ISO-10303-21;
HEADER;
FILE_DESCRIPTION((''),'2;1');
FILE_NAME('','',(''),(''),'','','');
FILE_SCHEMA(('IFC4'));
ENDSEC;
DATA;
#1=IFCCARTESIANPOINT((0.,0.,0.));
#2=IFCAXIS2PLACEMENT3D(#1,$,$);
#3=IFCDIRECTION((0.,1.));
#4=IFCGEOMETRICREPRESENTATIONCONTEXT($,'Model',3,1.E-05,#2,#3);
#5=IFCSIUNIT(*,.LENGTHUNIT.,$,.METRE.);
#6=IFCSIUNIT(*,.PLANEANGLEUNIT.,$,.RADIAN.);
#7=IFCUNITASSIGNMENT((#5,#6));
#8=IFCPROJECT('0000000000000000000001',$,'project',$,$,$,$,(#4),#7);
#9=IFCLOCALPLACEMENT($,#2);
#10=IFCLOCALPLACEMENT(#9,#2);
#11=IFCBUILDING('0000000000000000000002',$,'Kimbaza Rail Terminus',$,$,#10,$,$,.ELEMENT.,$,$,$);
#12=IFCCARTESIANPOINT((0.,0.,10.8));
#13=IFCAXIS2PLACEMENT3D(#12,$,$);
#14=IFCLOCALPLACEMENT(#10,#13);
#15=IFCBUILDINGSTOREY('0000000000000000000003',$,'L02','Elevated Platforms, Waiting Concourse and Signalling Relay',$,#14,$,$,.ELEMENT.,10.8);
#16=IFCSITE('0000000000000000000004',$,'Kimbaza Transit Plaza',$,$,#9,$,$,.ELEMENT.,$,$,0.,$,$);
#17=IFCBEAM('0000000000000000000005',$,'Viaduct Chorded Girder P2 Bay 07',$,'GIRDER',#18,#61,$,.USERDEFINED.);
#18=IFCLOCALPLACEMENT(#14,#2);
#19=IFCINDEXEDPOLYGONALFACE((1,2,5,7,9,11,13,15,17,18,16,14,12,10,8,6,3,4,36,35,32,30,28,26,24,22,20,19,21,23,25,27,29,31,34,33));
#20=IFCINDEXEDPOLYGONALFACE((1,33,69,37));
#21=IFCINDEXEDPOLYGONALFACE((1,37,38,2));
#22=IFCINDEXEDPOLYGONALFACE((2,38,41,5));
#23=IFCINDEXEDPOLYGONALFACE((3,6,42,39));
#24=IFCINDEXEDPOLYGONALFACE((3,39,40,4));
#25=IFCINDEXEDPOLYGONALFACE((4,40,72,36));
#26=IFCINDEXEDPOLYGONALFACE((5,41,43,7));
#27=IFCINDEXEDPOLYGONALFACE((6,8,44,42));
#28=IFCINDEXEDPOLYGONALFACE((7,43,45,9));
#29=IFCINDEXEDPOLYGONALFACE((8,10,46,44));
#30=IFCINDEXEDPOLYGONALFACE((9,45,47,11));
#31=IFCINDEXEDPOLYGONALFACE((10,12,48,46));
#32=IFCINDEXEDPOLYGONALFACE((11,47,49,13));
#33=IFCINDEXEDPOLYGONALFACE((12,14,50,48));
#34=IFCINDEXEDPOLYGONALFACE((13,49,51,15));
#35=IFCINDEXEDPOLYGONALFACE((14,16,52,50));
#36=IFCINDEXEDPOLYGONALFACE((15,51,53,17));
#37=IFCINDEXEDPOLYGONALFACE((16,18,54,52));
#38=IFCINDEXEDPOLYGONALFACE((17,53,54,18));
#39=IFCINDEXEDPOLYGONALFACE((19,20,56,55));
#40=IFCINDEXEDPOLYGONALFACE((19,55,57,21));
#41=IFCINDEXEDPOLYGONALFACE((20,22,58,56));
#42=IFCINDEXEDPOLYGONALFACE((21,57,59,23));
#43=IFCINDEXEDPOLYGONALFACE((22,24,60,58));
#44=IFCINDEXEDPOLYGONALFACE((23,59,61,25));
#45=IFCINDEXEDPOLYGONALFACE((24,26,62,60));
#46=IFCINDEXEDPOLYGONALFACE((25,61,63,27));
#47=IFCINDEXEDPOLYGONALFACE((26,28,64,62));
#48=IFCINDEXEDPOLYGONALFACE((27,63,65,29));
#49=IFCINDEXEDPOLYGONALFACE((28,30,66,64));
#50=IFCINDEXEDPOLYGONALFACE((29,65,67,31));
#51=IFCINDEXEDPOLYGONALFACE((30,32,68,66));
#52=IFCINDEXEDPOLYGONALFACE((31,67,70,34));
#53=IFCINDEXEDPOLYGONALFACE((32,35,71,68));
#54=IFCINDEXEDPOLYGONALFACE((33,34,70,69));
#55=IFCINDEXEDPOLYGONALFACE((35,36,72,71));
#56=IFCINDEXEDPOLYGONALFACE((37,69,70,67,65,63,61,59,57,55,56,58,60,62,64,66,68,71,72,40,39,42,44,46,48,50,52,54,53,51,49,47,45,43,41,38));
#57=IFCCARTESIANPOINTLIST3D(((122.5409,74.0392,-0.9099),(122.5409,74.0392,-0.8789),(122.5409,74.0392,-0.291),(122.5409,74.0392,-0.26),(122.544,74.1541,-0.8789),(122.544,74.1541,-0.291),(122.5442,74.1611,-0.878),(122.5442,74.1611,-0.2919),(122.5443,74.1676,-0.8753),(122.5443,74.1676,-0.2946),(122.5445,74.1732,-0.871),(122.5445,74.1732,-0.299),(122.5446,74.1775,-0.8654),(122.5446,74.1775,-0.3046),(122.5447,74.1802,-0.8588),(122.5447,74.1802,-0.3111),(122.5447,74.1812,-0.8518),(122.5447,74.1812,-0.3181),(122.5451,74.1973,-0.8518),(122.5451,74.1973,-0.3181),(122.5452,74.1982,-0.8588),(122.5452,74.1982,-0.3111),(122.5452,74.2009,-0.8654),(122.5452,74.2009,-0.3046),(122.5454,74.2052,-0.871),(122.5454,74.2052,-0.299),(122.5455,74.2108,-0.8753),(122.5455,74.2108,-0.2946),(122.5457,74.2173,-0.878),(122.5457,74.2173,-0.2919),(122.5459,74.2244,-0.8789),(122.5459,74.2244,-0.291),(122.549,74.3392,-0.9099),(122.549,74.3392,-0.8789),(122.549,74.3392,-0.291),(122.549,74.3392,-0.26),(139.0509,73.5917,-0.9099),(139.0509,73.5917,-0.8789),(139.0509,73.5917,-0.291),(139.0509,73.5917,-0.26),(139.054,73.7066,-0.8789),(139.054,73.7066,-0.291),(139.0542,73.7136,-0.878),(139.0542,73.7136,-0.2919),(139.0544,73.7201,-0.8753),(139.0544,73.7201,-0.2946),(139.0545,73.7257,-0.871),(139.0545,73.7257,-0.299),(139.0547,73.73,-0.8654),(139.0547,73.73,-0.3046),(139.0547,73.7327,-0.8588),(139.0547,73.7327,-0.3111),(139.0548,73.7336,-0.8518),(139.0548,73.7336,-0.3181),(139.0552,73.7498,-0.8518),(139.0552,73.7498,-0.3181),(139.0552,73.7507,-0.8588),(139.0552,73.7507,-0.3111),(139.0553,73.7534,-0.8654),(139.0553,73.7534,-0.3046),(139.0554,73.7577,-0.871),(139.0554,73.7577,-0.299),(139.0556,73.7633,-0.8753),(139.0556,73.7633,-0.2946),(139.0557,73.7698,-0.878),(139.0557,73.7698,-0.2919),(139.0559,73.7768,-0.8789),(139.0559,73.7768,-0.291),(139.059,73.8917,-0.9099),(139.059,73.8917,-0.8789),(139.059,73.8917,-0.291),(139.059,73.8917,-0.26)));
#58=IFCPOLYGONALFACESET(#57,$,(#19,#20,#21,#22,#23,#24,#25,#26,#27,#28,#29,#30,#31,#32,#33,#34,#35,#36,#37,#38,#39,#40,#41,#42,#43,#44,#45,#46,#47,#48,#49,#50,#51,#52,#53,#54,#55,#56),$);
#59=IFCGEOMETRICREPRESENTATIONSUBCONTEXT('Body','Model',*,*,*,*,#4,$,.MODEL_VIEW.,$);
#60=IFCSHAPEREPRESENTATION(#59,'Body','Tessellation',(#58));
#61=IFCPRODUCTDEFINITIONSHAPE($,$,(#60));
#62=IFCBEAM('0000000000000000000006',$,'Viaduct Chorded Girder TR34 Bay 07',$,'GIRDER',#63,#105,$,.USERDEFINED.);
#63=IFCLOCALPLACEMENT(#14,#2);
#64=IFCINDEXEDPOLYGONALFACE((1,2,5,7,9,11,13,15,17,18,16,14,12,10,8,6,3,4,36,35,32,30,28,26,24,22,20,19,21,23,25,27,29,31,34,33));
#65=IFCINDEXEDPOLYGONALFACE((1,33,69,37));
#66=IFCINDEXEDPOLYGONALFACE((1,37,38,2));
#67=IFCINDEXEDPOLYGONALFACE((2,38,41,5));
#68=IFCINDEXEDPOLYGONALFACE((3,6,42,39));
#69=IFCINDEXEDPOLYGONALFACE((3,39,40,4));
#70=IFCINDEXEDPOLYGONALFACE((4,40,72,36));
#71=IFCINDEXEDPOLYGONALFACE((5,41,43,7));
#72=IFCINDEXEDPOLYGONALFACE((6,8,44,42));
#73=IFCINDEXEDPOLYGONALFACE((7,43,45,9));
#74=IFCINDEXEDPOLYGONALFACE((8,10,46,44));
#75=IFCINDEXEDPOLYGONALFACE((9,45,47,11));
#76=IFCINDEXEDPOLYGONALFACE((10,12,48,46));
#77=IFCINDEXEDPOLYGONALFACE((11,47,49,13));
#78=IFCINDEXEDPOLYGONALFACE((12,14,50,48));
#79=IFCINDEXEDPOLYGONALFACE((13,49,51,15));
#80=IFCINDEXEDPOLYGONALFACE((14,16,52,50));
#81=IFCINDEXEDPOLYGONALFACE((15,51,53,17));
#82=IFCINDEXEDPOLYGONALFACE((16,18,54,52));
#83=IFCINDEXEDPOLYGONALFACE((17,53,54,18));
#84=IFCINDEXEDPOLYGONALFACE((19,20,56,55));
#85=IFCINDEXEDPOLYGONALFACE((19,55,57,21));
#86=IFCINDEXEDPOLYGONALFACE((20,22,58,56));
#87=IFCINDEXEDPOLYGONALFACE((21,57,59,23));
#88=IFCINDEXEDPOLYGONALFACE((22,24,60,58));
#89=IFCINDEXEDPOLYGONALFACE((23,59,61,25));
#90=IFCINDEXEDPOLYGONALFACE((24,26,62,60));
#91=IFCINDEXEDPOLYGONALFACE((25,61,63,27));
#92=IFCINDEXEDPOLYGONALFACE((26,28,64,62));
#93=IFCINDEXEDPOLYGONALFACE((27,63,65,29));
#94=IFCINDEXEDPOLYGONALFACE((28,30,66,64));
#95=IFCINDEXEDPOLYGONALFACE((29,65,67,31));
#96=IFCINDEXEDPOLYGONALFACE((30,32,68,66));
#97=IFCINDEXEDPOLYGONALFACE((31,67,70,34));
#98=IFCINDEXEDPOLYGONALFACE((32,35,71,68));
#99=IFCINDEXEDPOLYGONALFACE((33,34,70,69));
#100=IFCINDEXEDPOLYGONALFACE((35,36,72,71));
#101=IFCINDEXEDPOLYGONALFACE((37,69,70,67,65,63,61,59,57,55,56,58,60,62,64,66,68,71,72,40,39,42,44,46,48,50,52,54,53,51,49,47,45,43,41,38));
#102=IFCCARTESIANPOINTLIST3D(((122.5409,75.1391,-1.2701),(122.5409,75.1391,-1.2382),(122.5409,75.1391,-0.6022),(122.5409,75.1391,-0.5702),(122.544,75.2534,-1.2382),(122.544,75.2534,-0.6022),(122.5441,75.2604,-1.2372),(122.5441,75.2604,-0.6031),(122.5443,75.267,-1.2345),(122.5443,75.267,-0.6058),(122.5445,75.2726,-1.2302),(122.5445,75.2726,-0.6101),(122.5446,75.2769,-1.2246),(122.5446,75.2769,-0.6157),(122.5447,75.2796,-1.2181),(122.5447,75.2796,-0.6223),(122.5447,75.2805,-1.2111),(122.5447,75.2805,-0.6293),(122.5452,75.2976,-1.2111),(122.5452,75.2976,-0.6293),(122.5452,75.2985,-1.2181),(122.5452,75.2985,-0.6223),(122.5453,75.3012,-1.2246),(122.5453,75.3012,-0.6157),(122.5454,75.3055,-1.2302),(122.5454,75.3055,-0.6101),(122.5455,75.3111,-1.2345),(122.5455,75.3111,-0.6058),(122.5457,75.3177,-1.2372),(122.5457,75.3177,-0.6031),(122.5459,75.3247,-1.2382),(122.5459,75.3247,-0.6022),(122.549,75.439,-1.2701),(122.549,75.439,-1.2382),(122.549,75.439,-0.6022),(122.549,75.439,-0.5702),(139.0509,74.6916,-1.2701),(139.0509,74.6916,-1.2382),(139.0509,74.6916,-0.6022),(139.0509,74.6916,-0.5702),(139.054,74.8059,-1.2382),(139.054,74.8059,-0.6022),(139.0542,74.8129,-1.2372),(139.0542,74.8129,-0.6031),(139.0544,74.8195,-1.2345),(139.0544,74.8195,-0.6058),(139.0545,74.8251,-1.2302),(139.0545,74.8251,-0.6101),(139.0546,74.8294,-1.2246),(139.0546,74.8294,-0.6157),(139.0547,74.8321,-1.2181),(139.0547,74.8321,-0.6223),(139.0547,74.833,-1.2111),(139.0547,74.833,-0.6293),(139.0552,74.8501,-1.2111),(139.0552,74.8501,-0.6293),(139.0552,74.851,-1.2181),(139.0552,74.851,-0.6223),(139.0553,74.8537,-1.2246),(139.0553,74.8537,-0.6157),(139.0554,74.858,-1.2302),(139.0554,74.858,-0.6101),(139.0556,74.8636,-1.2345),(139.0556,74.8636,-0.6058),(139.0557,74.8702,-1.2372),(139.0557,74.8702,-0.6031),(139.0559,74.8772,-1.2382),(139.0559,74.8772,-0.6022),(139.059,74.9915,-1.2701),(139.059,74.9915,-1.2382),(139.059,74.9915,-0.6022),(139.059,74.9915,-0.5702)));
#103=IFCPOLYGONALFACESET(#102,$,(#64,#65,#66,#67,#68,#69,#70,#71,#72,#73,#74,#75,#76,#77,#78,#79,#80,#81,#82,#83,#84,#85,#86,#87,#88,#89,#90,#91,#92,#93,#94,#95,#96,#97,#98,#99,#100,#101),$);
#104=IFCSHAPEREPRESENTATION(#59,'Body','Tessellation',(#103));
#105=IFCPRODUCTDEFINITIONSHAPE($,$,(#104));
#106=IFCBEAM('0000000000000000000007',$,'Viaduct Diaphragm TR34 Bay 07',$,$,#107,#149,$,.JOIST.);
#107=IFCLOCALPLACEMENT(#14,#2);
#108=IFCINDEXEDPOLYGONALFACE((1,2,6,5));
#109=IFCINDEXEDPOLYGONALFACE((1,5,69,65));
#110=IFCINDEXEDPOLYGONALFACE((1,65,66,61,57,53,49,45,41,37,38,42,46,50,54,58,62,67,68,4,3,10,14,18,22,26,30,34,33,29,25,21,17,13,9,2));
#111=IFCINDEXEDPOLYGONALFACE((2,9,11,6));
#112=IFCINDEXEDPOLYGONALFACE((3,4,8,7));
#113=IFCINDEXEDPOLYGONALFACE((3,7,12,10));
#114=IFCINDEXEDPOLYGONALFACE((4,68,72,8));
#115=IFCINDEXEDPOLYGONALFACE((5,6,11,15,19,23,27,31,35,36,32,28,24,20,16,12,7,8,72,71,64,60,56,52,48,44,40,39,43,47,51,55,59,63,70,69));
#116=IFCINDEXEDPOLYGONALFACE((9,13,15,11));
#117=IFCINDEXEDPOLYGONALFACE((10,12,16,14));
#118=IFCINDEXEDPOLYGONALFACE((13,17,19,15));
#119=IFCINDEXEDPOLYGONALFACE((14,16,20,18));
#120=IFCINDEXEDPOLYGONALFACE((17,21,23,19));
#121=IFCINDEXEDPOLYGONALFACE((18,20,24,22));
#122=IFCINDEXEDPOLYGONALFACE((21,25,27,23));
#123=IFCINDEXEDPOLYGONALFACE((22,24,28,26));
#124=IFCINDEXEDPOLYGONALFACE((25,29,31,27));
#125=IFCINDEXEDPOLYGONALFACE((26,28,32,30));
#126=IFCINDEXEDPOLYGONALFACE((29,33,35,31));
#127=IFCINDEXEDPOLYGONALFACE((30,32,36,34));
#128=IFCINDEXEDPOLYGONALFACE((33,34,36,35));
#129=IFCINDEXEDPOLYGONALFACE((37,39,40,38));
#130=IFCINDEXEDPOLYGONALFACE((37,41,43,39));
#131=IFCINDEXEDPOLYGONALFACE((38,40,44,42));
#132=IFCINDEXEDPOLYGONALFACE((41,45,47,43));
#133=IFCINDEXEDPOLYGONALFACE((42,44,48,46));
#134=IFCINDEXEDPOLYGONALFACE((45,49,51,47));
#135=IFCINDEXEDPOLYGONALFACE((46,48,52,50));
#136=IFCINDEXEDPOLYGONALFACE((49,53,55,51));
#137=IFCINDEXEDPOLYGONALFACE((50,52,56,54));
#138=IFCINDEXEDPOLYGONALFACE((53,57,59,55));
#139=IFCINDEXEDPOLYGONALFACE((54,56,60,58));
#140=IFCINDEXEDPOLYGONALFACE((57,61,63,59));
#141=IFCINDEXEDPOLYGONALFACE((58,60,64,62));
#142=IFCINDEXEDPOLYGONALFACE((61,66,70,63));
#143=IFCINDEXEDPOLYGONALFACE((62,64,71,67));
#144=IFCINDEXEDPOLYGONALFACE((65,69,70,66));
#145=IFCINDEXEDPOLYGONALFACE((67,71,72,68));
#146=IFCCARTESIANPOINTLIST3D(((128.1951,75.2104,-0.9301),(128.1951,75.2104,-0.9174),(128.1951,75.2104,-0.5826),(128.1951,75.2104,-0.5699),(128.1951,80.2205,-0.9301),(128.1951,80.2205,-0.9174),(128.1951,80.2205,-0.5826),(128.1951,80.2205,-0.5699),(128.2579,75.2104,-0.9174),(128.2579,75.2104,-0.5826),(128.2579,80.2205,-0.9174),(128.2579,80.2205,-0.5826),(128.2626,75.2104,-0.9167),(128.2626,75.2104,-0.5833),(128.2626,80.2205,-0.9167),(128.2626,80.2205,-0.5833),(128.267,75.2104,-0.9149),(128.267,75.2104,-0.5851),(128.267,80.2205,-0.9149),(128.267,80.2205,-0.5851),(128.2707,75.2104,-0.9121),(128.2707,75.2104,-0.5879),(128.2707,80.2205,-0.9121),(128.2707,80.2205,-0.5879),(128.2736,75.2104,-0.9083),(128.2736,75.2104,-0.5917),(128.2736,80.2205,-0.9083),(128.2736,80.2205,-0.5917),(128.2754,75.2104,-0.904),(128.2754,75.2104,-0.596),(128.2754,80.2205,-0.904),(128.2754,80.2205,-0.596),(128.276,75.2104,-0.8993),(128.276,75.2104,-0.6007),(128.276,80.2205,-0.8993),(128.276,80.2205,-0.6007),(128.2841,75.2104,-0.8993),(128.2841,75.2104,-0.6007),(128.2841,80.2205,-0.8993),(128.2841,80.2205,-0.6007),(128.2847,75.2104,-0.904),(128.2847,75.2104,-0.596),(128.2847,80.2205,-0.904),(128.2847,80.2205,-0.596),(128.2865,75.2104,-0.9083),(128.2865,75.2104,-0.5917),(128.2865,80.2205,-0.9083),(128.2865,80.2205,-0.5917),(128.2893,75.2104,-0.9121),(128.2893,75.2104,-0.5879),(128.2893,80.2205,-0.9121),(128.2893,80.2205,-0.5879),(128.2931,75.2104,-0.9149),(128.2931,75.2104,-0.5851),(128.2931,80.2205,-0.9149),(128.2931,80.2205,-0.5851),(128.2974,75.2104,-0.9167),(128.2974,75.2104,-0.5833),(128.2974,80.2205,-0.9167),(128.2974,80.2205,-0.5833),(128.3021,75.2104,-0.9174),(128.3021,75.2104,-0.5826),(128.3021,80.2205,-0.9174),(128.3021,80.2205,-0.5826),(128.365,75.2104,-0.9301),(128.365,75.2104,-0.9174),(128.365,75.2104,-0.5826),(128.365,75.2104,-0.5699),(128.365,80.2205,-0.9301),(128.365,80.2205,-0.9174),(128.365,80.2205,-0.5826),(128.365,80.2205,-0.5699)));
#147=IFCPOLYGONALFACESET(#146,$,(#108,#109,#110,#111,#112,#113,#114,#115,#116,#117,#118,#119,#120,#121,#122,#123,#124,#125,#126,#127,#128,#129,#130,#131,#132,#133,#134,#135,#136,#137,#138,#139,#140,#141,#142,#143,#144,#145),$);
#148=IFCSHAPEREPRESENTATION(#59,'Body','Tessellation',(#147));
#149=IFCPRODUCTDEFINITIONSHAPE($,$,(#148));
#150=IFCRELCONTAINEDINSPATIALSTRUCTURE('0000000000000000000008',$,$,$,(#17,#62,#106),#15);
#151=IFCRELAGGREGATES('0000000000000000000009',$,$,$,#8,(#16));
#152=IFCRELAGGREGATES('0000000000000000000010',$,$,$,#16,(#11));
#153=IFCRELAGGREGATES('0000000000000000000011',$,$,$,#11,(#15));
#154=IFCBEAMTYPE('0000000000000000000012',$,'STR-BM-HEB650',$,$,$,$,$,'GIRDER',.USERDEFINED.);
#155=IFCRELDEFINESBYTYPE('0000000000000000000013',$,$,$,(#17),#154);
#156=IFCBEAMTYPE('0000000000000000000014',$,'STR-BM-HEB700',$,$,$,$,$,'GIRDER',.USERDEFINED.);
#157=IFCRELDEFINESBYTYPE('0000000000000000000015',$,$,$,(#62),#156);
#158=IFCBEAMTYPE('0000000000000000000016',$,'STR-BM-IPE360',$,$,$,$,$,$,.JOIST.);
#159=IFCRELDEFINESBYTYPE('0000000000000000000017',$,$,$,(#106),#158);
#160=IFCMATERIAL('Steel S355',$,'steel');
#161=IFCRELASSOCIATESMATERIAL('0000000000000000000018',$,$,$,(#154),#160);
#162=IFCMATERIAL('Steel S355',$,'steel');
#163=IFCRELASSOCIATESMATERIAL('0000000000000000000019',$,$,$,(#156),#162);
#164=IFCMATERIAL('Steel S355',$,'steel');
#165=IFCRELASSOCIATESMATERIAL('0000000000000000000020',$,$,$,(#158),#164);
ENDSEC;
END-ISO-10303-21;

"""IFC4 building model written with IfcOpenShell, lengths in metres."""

from ifc_helpers import new_model, si_unit, direction, frame, origin, origin_2d, place, context, subcontext, project, spatial, i_section, extrude, material, material_profile, profile_set, type_object, element, save


model = new_model("IFC4")

# Units and contexts
model_context = context("Model", 3, precision=1e-05, world=origin(), true_north=direction((0.0, 1.0)))
body_context = subcontext(model_context, "Body", "Model", "MODEL_VIEW")
ifc_project = project(units=[si_unit("LENGTHUNIT", "METRE"), si_unit("PLANEANGLEUNIT", "RADIAN")], contexts=[model_context])

# Site, building, storey
site_placement = place(None, origin())
site = spatial("IfcSite", under=ifc_project, at=site_placement, Name="Kimbaza Transit Plaza", CompositionType="ELEMENT", RefElevation=0.0)
building_placement = place(site_placement, origin())
building = spatial("IfcBuilding", under=site, at=building_placement, Name="Kimbaza Rail Terminus", CompositionType="ELEMENT")
storey_placement = place(building_placement, frame((0.0, 0.0, 10.8)))
storey = spatial("IfcBuildingStorey", under=building, at=storey_placement, Name="L02", Description="Elevated Platforms, Waiting Concourse and Signalling Relay", CompositionType="ELEMENT", Elevation=10.8)

# Beams
ifc_material_1 = material(Name="Steel S355", Category="steel")
ifc_material_profile_1 = material_profile(ifc_material_1, i_section(OverallWidth=0.3, OverallDepth=0.6499, WebThickness=0.0161, FlangeThickness=0.031, FilletRadius=0.0271, at=origin_2d()), Name="HEB 650")
ifc_profile_set_1 = profile_set([ifc_material_profile_1], Name="Steel S355")
beam_type_1 = type_object("IfcBeamType", Name="STR-BM-HEB650", ElementType="GIRDER", PredefinedType="USERDEFINED", material=ifc_profile_set_1)
beam_1_placement = place(storey_placement, frame((122.5449, 74.1892, -0.585), z_axis=(0.999633, -0.027095, 0.0), x_axis=(0.027095, 0.999633, 0.0)))
element("IfcBeam", 1, at=beam_1_placement, inside=storey, type_object=beam_type_1, Name="Viaduct Chorded Girder P2 Bay 07", ObjectType="GIRDER", PredefinedType="USERDEFINED", context=body_context, shape_type="SweptSolid", body=[
    extrude(i_section(OverallWidth=0.3, OverallDepth=0.6499, WebThickness=0.0161, FlangeThickness=0.031, FilletRadius=0.0271, at=origin_2d()), origin(), (0.0, 0.0, 1.0), 16.5161),
])
ifc_material_2 = material(Name="Steel S355", Category="steel")
ifc_material_profile_2 = material_profile(ifc_material_2, i_section(OverallWidth=0.3, OverallDepth=0.7, WebThickness=0.0171, FlangeThickness=0.032, FilletRadius=0.0271, at=origin_2d()), Name="HEB 700")
ifc_profile_set_2 = profile_set([ifc_material_profile_2], Name="Steel S355")
beam_type_2 = type_object("IfcBeamType", Name="STR-BM-HEB700", ElementType="GIRDER", PredefinedType="USERDEFINED", material=ifc_profile_set_2)
beam_2_placement = place(storey_placement, frame((122.5449, 75.2891, -0.9202), z_axis=(0.999633, -0.027095, 0.0), x_axis=(0.027095, 0.999633, 0.0)))
element("IfcBeam", 2, at=beam_2_placement, inside=storey, type_object=beam_type_2, Name="Viaduct Chorded Girder TR34 Bay 07", ObjectType="GIRDER", PredefinedType="USERDEFINED", context=body_context, shape_type="SweptSolid", body=[
    extrude(i_section(OverallWidth=0.3, OverallDepth=0.7, WebThickness=0.0171, FlangeThickness=0.032, FilletRadius=0.0271, at=origin_2d()), origin(), (0.0, 0.0, 1.0), 16.5161),
])
ifc_material_3 = material(Name="Steel S355", Category="steel")
ifc_material_profile_3 = material_profile(ifc_material_3, i_section(OverallWidth=0.1699, OverallDepth=0.3601, WebThickness=0.0081, FlangeThickness=0.0127, FilletRadius=0.0181, at=origin_2d()), Name="IPE 360")
ifc_profile_set_3 = profile_set([ifc_material_profile_3], Name="Steel S355")
beam_type_3 = type_object("IfcBeamType", Name="STR-BM-IPE360", PredefinedType="JOIST", material=ifc_profile_set_3)
beam_3_placement = place(storey_placement, frame((128.28, 75.2104, -0.75), z_axis=(0.0, 1.0, 0.0), x_axis=(-1.0, 0.0, 0.0)))
element("IfcBeam", 3, at=beam_3_placement, inside=storey, type_object=beam_type_3, Name="Viaduct Diaphragm TR34 Bay 07", PredefinedType="JOIST", context=body_context, shape_type="SweptSolid", body=[
    extrude(i_section(OverallWidth=0.1699, OverallDepth=0.3601, WebThickness=0.0081, FlangeThickness=0.0127, FilletRadius=0.0181, at=origin_2d()), origin(), (0.0, 0.0, 1.0), 5.01),
])

save(model, "model.ifc")
